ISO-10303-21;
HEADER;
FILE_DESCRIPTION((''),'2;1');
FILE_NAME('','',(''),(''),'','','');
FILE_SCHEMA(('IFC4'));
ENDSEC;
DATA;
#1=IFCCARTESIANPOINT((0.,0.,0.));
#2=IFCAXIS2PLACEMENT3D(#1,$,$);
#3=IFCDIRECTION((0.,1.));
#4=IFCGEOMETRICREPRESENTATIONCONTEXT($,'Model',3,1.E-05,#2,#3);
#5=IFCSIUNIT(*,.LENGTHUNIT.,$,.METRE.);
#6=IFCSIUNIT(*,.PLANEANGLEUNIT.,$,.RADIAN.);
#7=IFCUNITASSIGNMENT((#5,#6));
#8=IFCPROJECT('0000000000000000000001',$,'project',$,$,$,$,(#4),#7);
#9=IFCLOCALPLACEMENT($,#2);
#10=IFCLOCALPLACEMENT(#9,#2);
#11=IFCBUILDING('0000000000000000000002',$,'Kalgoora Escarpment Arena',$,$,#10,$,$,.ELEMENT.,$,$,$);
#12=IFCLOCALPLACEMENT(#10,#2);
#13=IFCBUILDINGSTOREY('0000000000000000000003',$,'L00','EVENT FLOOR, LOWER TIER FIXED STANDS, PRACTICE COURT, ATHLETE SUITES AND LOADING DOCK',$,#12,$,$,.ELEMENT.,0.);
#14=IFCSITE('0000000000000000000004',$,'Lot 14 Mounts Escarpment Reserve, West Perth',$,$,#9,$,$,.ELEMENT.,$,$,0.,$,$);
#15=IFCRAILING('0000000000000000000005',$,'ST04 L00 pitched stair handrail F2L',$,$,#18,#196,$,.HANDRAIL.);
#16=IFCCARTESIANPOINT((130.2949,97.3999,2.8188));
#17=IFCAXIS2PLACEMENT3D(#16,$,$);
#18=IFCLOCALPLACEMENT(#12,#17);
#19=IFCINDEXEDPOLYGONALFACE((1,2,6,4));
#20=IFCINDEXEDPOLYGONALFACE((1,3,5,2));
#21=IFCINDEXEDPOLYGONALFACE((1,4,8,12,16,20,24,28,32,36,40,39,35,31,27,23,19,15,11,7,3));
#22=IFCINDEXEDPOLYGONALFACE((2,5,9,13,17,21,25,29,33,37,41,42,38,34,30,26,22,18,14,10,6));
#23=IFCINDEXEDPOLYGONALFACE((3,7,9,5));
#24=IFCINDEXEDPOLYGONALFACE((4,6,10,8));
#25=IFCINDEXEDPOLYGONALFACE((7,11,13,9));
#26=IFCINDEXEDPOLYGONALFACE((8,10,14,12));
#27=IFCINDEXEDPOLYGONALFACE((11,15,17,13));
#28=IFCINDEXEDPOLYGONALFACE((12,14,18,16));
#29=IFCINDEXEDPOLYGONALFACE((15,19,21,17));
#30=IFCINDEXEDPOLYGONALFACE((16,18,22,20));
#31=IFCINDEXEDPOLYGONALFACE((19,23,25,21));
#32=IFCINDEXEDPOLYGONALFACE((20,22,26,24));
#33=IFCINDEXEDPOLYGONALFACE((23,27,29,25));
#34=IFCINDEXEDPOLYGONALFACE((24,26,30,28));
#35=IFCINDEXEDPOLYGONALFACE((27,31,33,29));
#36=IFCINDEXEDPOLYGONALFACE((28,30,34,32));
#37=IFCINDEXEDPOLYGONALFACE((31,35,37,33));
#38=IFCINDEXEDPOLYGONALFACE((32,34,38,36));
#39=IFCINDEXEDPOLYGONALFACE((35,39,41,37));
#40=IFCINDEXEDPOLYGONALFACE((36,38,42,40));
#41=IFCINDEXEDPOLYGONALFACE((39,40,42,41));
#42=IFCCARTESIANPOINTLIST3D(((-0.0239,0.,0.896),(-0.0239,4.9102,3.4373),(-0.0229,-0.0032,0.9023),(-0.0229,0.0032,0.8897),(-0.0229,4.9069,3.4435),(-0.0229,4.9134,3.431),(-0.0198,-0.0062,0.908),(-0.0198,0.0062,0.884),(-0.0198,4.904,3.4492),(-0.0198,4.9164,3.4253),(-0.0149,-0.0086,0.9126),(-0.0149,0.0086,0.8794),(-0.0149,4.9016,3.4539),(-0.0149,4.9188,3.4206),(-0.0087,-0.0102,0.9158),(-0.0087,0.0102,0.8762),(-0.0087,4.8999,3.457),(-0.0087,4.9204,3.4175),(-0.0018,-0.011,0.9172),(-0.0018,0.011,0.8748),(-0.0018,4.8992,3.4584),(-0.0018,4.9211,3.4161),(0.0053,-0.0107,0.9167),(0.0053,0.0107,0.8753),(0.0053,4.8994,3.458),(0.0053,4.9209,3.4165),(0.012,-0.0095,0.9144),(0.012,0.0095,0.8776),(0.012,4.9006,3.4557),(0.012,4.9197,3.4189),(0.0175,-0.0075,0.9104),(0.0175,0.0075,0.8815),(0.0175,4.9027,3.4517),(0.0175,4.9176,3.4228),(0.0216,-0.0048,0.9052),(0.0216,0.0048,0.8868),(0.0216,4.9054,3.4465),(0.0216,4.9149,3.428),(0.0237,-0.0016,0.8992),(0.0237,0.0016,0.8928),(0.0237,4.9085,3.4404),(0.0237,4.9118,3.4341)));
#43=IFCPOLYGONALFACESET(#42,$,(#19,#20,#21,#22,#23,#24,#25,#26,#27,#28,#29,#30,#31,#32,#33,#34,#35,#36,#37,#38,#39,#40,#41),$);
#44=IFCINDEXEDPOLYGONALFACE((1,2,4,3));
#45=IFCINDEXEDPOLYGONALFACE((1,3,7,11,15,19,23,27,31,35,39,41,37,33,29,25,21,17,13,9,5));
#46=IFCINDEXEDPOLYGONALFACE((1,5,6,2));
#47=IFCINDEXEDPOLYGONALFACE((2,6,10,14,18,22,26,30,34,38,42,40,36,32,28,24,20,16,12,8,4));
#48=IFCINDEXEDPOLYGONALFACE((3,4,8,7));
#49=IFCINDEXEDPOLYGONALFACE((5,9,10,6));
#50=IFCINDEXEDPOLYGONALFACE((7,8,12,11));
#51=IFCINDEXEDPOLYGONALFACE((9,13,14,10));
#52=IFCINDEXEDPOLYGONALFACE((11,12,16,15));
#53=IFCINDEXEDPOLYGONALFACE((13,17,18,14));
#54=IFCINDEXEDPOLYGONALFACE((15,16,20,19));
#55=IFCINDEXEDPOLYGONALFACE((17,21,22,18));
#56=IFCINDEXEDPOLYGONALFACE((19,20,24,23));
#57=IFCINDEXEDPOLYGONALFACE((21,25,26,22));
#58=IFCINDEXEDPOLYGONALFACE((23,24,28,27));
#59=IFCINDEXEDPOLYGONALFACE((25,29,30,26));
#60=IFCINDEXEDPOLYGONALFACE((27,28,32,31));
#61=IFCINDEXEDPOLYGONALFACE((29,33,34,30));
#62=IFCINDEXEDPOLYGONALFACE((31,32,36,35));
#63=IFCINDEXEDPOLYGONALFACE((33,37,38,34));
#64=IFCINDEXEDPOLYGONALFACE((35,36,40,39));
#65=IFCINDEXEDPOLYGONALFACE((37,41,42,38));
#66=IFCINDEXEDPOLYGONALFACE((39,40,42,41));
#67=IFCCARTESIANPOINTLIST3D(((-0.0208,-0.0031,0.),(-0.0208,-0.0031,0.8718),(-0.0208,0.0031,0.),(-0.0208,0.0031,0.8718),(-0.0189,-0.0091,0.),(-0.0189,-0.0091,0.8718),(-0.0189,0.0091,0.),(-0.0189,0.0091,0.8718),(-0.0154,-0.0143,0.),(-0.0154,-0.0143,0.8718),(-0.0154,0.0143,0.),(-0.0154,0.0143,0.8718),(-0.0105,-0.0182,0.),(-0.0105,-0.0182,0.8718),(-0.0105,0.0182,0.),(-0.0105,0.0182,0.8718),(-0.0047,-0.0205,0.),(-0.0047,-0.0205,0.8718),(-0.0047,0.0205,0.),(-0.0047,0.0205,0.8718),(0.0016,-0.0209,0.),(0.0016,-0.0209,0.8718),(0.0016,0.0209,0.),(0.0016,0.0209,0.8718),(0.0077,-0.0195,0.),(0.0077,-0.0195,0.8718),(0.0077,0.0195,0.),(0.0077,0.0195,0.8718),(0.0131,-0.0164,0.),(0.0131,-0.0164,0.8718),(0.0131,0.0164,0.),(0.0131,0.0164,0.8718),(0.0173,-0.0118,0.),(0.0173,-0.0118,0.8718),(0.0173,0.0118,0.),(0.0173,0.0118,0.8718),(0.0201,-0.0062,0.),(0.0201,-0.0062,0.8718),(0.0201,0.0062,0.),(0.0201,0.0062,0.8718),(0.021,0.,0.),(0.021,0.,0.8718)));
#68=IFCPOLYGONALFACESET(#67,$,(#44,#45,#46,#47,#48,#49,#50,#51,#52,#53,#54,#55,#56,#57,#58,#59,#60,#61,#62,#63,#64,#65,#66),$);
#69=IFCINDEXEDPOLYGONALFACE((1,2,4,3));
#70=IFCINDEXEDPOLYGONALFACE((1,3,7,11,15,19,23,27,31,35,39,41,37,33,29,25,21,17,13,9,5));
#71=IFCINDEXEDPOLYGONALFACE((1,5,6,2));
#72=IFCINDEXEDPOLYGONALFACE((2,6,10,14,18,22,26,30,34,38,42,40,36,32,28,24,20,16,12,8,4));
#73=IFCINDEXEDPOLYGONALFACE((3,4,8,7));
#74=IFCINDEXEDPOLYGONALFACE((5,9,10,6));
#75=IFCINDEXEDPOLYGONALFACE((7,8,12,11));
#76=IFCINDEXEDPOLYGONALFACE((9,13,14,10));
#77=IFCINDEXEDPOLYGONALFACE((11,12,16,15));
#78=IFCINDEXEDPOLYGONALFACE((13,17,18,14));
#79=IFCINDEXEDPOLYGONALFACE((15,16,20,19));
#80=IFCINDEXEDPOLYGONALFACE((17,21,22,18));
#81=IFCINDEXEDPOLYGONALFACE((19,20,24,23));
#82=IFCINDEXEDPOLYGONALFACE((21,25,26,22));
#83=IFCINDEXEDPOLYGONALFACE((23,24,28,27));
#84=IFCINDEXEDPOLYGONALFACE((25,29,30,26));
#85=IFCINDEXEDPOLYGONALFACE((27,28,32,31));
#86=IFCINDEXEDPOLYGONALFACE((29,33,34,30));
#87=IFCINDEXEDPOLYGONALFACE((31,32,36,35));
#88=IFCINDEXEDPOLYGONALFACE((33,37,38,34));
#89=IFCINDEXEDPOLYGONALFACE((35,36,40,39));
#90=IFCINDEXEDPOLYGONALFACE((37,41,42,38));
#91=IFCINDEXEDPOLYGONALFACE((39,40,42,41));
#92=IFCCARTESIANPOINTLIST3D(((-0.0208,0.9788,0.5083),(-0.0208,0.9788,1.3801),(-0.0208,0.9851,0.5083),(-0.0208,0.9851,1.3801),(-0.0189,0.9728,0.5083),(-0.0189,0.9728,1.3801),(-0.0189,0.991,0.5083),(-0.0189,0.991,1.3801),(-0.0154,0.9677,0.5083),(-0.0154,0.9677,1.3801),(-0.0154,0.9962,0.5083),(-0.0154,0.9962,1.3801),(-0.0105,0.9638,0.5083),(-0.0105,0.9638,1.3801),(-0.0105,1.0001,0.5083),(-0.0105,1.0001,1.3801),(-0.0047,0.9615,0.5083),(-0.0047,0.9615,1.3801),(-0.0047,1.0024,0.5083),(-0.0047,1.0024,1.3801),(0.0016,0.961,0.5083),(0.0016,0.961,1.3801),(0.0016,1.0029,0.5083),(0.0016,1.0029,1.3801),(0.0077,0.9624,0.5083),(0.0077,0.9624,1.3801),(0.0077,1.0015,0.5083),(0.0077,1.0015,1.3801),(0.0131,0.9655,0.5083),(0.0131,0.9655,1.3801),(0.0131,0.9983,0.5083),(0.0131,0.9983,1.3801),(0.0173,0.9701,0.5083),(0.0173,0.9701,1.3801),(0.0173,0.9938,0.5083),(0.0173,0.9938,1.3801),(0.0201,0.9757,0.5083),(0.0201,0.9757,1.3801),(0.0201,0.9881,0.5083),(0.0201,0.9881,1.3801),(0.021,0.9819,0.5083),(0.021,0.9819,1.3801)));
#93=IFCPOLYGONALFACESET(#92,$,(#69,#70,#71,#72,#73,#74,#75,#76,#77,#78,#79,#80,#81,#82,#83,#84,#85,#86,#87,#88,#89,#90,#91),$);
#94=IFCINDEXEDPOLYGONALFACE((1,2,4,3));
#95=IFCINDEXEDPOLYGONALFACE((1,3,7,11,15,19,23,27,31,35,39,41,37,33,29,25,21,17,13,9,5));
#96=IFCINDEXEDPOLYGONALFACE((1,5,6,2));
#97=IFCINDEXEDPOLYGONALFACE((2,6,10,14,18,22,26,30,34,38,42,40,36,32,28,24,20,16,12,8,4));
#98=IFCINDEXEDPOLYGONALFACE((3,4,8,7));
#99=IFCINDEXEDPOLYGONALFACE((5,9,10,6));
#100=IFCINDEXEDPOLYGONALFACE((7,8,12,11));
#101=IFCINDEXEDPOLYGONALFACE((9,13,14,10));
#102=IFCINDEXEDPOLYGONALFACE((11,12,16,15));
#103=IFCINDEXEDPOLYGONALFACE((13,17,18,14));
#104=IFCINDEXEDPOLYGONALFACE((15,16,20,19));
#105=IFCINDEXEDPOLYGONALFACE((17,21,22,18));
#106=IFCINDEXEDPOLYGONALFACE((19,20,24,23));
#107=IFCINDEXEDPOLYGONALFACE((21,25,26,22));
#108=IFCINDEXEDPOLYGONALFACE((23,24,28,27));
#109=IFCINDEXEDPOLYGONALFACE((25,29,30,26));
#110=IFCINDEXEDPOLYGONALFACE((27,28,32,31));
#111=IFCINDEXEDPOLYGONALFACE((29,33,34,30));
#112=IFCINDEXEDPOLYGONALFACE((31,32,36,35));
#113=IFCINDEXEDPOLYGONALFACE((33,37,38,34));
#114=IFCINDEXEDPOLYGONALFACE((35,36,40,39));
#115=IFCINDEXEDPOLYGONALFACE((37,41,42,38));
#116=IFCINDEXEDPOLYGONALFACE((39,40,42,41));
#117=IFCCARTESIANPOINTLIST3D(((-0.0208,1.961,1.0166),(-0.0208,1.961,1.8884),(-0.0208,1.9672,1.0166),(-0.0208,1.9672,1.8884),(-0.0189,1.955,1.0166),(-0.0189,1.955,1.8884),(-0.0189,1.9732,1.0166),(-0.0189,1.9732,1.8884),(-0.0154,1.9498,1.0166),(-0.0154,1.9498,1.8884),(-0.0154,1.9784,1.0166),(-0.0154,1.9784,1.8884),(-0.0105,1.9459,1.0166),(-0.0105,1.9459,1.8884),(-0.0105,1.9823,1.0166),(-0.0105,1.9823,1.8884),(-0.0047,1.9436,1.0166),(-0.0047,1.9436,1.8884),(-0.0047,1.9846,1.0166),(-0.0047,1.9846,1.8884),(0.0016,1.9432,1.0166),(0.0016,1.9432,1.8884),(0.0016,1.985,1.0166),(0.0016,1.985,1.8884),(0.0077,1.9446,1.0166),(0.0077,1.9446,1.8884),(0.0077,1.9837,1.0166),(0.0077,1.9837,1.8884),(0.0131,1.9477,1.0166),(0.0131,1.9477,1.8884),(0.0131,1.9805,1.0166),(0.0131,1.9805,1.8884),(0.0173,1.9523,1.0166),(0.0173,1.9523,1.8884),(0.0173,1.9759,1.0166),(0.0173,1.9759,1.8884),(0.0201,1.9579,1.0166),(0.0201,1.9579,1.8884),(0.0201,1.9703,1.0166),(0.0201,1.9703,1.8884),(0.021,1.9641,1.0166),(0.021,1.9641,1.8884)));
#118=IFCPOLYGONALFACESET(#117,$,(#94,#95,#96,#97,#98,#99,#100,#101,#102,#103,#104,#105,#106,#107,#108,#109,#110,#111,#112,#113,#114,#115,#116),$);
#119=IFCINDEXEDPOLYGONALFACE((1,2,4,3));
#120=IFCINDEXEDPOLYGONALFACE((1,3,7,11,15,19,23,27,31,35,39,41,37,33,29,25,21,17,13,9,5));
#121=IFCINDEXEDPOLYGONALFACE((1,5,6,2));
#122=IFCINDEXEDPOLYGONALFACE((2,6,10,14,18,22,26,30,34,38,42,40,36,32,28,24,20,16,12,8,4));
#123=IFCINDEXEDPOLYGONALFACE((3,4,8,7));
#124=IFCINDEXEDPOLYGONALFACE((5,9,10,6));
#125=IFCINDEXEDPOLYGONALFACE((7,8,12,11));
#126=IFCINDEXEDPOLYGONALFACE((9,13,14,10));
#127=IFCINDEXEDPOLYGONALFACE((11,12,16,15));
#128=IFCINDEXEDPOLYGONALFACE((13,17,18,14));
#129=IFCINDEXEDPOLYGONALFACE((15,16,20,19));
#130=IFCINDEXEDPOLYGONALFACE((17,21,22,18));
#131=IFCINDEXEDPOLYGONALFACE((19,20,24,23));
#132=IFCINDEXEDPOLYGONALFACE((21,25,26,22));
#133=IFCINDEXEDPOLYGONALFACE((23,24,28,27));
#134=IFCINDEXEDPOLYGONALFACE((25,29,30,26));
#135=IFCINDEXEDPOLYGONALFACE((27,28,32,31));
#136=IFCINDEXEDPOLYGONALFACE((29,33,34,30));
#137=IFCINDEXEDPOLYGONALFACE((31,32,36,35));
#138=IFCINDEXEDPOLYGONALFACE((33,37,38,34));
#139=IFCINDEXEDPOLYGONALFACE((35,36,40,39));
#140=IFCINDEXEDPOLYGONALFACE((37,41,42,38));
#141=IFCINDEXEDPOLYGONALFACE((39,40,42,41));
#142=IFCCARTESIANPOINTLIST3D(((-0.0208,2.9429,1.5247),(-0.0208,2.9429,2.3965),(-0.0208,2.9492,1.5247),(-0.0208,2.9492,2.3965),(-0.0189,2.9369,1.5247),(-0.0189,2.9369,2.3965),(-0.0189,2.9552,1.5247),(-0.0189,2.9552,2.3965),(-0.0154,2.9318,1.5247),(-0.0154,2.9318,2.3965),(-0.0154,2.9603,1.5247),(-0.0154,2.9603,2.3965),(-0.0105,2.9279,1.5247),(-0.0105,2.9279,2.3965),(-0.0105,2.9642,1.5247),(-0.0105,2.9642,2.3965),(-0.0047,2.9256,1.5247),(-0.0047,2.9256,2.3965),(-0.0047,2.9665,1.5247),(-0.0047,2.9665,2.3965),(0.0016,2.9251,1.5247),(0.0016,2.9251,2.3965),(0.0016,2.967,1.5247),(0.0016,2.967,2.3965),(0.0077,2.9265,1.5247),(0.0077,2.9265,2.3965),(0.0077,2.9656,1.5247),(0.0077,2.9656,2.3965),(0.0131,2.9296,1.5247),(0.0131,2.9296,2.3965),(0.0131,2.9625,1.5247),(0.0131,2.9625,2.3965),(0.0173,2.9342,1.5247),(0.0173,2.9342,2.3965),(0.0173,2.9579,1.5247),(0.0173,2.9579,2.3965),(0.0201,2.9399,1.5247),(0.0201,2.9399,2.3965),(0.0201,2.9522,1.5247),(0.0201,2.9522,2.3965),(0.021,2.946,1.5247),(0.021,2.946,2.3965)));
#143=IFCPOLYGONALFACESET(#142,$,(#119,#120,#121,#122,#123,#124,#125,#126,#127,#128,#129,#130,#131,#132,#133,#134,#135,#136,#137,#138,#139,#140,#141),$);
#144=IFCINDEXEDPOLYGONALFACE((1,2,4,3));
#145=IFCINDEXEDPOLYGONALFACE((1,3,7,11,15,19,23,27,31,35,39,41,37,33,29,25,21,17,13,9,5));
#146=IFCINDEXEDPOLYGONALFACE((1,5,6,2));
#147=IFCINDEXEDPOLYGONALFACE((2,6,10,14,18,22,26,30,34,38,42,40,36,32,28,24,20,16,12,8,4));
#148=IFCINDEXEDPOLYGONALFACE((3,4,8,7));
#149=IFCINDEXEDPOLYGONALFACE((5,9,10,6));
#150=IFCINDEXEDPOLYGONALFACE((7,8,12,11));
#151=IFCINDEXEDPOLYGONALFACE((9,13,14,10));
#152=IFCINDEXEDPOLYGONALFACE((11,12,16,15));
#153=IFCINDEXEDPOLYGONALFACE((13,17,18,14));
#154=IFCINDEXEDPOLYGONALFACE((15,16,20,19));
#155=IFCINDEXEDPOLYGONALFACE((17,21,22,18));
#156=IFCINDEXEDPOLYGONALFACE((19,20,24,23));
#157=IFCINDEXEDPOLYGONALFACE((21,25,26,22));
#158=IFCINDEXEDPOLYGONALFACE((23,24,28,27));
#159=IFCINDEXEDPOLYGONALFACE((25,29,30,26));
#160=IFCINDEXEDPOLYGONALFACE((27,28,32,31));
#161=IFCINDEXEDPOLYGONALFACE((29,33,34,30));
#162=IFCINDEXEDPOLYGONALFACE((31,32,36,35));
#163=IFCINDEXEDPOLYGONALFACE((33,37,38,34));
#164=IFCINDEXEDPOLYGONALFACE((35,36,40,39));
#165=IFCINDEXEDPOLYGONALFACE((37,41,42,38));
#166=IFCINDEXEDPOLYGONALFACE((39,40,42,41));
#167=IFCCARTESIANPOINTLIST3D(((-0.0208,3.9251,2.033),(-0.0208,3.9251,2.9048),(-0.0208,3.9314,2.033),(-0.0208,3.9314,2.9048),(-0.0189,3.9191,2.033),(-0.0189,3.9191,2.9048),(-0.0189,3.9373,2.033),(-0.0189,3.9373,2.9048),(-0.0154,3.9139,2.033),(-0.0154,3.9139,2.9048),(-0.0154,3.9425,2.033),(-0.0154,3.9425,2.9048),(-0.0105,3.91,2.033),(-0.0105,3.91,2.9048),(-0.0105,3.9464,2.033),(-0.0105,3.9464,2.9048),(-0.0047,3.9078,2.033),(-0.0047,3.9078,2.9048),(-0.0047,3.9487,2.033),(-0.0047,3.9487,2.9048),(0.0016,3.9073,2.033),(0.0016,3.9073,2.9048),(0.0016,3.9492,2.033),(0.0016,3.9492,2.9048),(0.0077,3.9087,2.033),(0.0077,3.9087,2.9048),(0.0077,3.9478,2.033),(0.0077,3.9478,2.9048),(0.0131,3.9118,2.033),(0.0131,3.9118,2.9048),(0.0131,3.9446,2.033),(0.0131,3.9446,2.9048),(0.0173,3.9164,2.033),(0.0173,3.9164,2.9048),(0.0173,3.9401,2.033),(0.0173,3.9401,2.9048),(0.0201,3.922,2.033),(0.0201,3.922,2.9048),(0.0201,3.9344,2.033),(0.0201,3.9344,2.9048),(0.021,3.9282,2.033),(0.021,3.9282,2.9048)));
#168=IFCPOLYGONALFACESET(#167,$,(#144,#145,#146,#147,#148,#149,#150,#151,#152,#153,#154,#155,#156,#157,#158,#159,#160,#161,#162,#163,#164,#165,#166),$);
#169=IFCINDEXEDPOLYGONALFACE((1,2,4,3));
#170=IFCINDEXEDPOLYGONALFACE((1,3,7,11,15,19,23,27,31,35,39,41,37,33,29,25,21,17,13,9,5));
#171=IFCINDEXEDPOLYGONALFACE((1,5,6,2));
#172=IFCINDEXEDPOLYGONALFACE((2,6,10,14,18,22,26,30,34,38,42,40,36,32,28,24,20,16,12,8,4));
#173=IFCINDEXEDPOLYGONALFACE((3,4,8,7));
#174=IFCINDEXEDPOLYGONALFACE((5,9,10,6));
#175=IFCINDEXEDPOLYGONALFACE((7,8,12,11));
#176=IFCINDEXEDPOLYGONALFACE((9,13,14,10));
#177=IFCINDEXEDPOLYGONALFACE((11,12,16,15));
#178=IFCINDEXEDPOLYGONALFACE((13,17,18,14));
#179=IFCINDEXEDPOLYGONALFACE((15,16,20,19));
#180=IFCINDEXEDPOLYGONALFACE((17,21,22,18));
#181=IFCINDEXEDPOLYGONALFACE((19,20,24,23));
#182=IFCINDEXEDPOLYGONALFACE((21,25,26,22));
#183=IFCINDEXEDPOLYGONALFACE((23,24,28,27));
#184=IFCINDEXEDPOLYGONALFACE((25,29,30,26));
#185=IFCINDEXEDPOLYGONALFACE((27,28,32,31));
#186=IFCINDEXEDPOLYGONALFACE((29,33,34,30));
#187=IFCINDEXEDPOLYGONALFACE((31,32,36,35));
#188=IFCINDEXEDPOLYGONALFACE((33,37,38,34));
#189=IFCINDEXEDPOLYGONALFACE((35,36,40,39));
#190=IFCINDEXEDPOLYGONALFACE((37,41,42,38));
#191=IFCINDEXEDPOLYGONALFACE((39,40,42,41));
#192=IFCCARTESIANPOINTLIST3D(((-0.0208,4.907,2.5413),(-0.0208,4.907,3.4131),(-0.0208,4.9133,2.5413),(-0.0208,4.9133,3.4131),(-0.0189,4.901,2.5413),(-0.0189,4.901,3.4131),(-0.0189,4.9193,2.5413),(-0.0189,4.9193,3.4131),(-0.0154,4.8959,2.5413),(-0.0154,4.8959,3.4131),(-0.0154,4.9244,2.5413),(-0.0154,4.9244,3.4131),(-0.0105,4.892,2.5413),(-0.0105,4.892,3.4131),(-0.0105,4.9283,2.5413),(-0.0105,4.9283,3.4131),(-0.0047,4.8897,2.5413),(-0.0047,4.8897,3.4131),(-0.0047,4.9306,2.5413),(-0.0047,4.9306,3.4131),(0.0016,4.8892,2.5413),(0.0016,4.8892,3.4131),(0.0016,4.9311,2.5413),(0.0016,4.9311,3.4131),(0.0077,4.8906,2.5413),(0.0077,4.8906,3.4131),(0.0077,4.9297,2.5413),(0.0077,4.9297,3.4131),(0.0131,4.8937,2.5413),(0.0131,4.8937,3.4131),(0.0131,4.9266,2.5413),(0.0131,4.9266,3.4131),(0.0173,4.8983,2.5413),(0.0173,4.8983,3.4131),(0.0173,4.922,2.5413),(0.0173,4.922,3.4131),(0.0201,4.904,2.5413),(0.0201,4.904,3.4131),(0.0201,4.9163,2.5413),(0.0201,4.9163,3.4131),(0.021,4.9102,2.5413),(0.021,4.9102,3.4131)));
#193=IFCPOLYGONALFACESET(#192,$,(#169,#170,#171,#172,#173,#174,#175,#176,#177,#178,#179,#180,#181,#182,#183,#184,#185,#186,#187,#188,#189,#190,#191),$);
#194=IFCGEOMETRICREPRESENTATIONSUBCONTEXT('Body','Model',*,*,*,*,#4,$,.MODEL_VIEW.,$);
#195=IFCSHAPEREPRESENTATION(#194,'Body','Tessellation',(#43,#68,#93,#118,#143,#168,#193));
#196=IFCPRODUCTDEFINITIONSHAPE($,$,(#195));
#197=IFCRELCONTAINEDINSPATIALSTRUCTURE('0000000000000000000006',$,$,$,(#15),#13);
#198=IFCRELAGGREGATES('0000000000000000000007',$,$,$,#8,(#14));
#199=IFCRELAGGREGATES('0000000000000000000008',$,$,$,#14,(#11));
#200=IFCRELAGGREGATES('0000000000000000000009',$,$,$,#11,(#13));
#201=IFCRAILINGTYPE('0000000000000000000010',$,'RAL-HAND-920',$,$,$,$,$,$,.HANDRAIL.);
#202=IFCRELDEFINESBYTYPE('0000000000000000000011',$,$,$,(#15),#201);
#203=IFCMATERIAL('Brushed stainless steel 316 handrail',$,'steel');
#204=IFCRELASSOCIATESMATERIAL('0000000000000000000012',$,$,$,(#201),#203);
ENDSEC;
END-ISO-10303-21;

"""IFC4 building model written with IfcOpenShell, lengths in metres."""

from ifc_helpers import new_model, si_unit, direction, frame, origin, origin_2d, place, context, subcontext, project, spatial, circle, extrude, material, type_object, element, save


model = new_model("IFC4")

# Units and contexts
model_context = context("Model", 3, precision=1e-05, world=origin(), true_north=direction((0.0, 1.0)))
body_context = subcontext(model_context, "Body", "Model", "MODEL_VIEW")
ifc_project = project(units=[si_unit("LENGTHUNIT", "METRE"), si_unit("PLANEANGLEUNIT", "RADIAN")], contexts=[model_context])

# Site, building, storey
site_placement = place(None, origin())
site = spatial("IfcSite", under=ifc_project, at=site_placement, Name="Lot 14 Mounts Escarpment Reserve, West Perth", CompositionType="ELEMENT", RefElevation=0.0)
building_placement = place(site_placement, origin())
building = spatial("IfcBuilding", under=site, at=building_placement, Name="Kalgoora Escarpment Arena", CompositionType="ELEMENT")
storey_placement = place(building_placement, origin())
storey = spatial("IfcBuildingStorey", under=building, at=storey_placement, Name="L00", Description="EVENT FLOOR, LOWER TIER FIXED STANDS, PRACTICE COURT, ATHLETE SUITES AND LOADING DOCK", CompositionType="ELEMENT", Elevation=0.0)

# Railing
ifc_material_1 = material(Name="Brushed stainless steel 316 handrail", Category="steel")
railing_type = type_object("IfcRailingType", Name="RAL-HAND-920", PredefinedType="HANDRAIL", material=ifc_material_1)
for number, where, name in (
    (1, (130.2949, 97.3999, 2.8188), "ST04 L00 pitched stair handrail F2L"),
):
    element("IfcRailing", number, at=place(storey_placement, frame(where)), inside=storey, type_object=railing_type, Name=name, PredefinedType="HANDRAIL", context=body_context, shape_type="SweptSolid", body=[
        extrude(circle(Radius=0.0239, at=origin_2d()), frame((0.0, 0.0, 0.896), z_axis=(0.0, 0.888105, 0.45964), x_axis=(-1.0, 0.0, 0.0)), (0.0, 0.0, 1.0), 5.5288),
        extrude(circle(Radius=0.021, at=origin_2d()), origin(), (0.0, 0.0, 1.0), 0.8718),
        extrude(circle(Radius=0.021, at=origin_2d()), frame((0.0, 0.9819, 0.5083)), (0.0, 0.0, 1.0), 0.8718),
        extrude(circle(Radius=0.021, at=origin_2d()), frame((0.0, 1.9641, 1.0166)), (0.0, 0.0, 1.0), 0.8718),
        extrude(circle(Radius=0.021, at=origin_2d()), frame((0.0, 2.946, 1.5247)), (0.0, 0.0, 1.0), 0.8718),
        extrude(circle(Radius=0.021, at=origin_2d()), frame((0.0, 3.9282, 2.033)), (0.0, 0.0, 1.0), 0.8718),
        extrude(circle(Radius=0.021, at=origin_2d()), frame((0.0, 4.9102, 2.5413)), (0.0, 0.0, 1.0), 0.8718),
    ])

save(model, "model.ifc")
